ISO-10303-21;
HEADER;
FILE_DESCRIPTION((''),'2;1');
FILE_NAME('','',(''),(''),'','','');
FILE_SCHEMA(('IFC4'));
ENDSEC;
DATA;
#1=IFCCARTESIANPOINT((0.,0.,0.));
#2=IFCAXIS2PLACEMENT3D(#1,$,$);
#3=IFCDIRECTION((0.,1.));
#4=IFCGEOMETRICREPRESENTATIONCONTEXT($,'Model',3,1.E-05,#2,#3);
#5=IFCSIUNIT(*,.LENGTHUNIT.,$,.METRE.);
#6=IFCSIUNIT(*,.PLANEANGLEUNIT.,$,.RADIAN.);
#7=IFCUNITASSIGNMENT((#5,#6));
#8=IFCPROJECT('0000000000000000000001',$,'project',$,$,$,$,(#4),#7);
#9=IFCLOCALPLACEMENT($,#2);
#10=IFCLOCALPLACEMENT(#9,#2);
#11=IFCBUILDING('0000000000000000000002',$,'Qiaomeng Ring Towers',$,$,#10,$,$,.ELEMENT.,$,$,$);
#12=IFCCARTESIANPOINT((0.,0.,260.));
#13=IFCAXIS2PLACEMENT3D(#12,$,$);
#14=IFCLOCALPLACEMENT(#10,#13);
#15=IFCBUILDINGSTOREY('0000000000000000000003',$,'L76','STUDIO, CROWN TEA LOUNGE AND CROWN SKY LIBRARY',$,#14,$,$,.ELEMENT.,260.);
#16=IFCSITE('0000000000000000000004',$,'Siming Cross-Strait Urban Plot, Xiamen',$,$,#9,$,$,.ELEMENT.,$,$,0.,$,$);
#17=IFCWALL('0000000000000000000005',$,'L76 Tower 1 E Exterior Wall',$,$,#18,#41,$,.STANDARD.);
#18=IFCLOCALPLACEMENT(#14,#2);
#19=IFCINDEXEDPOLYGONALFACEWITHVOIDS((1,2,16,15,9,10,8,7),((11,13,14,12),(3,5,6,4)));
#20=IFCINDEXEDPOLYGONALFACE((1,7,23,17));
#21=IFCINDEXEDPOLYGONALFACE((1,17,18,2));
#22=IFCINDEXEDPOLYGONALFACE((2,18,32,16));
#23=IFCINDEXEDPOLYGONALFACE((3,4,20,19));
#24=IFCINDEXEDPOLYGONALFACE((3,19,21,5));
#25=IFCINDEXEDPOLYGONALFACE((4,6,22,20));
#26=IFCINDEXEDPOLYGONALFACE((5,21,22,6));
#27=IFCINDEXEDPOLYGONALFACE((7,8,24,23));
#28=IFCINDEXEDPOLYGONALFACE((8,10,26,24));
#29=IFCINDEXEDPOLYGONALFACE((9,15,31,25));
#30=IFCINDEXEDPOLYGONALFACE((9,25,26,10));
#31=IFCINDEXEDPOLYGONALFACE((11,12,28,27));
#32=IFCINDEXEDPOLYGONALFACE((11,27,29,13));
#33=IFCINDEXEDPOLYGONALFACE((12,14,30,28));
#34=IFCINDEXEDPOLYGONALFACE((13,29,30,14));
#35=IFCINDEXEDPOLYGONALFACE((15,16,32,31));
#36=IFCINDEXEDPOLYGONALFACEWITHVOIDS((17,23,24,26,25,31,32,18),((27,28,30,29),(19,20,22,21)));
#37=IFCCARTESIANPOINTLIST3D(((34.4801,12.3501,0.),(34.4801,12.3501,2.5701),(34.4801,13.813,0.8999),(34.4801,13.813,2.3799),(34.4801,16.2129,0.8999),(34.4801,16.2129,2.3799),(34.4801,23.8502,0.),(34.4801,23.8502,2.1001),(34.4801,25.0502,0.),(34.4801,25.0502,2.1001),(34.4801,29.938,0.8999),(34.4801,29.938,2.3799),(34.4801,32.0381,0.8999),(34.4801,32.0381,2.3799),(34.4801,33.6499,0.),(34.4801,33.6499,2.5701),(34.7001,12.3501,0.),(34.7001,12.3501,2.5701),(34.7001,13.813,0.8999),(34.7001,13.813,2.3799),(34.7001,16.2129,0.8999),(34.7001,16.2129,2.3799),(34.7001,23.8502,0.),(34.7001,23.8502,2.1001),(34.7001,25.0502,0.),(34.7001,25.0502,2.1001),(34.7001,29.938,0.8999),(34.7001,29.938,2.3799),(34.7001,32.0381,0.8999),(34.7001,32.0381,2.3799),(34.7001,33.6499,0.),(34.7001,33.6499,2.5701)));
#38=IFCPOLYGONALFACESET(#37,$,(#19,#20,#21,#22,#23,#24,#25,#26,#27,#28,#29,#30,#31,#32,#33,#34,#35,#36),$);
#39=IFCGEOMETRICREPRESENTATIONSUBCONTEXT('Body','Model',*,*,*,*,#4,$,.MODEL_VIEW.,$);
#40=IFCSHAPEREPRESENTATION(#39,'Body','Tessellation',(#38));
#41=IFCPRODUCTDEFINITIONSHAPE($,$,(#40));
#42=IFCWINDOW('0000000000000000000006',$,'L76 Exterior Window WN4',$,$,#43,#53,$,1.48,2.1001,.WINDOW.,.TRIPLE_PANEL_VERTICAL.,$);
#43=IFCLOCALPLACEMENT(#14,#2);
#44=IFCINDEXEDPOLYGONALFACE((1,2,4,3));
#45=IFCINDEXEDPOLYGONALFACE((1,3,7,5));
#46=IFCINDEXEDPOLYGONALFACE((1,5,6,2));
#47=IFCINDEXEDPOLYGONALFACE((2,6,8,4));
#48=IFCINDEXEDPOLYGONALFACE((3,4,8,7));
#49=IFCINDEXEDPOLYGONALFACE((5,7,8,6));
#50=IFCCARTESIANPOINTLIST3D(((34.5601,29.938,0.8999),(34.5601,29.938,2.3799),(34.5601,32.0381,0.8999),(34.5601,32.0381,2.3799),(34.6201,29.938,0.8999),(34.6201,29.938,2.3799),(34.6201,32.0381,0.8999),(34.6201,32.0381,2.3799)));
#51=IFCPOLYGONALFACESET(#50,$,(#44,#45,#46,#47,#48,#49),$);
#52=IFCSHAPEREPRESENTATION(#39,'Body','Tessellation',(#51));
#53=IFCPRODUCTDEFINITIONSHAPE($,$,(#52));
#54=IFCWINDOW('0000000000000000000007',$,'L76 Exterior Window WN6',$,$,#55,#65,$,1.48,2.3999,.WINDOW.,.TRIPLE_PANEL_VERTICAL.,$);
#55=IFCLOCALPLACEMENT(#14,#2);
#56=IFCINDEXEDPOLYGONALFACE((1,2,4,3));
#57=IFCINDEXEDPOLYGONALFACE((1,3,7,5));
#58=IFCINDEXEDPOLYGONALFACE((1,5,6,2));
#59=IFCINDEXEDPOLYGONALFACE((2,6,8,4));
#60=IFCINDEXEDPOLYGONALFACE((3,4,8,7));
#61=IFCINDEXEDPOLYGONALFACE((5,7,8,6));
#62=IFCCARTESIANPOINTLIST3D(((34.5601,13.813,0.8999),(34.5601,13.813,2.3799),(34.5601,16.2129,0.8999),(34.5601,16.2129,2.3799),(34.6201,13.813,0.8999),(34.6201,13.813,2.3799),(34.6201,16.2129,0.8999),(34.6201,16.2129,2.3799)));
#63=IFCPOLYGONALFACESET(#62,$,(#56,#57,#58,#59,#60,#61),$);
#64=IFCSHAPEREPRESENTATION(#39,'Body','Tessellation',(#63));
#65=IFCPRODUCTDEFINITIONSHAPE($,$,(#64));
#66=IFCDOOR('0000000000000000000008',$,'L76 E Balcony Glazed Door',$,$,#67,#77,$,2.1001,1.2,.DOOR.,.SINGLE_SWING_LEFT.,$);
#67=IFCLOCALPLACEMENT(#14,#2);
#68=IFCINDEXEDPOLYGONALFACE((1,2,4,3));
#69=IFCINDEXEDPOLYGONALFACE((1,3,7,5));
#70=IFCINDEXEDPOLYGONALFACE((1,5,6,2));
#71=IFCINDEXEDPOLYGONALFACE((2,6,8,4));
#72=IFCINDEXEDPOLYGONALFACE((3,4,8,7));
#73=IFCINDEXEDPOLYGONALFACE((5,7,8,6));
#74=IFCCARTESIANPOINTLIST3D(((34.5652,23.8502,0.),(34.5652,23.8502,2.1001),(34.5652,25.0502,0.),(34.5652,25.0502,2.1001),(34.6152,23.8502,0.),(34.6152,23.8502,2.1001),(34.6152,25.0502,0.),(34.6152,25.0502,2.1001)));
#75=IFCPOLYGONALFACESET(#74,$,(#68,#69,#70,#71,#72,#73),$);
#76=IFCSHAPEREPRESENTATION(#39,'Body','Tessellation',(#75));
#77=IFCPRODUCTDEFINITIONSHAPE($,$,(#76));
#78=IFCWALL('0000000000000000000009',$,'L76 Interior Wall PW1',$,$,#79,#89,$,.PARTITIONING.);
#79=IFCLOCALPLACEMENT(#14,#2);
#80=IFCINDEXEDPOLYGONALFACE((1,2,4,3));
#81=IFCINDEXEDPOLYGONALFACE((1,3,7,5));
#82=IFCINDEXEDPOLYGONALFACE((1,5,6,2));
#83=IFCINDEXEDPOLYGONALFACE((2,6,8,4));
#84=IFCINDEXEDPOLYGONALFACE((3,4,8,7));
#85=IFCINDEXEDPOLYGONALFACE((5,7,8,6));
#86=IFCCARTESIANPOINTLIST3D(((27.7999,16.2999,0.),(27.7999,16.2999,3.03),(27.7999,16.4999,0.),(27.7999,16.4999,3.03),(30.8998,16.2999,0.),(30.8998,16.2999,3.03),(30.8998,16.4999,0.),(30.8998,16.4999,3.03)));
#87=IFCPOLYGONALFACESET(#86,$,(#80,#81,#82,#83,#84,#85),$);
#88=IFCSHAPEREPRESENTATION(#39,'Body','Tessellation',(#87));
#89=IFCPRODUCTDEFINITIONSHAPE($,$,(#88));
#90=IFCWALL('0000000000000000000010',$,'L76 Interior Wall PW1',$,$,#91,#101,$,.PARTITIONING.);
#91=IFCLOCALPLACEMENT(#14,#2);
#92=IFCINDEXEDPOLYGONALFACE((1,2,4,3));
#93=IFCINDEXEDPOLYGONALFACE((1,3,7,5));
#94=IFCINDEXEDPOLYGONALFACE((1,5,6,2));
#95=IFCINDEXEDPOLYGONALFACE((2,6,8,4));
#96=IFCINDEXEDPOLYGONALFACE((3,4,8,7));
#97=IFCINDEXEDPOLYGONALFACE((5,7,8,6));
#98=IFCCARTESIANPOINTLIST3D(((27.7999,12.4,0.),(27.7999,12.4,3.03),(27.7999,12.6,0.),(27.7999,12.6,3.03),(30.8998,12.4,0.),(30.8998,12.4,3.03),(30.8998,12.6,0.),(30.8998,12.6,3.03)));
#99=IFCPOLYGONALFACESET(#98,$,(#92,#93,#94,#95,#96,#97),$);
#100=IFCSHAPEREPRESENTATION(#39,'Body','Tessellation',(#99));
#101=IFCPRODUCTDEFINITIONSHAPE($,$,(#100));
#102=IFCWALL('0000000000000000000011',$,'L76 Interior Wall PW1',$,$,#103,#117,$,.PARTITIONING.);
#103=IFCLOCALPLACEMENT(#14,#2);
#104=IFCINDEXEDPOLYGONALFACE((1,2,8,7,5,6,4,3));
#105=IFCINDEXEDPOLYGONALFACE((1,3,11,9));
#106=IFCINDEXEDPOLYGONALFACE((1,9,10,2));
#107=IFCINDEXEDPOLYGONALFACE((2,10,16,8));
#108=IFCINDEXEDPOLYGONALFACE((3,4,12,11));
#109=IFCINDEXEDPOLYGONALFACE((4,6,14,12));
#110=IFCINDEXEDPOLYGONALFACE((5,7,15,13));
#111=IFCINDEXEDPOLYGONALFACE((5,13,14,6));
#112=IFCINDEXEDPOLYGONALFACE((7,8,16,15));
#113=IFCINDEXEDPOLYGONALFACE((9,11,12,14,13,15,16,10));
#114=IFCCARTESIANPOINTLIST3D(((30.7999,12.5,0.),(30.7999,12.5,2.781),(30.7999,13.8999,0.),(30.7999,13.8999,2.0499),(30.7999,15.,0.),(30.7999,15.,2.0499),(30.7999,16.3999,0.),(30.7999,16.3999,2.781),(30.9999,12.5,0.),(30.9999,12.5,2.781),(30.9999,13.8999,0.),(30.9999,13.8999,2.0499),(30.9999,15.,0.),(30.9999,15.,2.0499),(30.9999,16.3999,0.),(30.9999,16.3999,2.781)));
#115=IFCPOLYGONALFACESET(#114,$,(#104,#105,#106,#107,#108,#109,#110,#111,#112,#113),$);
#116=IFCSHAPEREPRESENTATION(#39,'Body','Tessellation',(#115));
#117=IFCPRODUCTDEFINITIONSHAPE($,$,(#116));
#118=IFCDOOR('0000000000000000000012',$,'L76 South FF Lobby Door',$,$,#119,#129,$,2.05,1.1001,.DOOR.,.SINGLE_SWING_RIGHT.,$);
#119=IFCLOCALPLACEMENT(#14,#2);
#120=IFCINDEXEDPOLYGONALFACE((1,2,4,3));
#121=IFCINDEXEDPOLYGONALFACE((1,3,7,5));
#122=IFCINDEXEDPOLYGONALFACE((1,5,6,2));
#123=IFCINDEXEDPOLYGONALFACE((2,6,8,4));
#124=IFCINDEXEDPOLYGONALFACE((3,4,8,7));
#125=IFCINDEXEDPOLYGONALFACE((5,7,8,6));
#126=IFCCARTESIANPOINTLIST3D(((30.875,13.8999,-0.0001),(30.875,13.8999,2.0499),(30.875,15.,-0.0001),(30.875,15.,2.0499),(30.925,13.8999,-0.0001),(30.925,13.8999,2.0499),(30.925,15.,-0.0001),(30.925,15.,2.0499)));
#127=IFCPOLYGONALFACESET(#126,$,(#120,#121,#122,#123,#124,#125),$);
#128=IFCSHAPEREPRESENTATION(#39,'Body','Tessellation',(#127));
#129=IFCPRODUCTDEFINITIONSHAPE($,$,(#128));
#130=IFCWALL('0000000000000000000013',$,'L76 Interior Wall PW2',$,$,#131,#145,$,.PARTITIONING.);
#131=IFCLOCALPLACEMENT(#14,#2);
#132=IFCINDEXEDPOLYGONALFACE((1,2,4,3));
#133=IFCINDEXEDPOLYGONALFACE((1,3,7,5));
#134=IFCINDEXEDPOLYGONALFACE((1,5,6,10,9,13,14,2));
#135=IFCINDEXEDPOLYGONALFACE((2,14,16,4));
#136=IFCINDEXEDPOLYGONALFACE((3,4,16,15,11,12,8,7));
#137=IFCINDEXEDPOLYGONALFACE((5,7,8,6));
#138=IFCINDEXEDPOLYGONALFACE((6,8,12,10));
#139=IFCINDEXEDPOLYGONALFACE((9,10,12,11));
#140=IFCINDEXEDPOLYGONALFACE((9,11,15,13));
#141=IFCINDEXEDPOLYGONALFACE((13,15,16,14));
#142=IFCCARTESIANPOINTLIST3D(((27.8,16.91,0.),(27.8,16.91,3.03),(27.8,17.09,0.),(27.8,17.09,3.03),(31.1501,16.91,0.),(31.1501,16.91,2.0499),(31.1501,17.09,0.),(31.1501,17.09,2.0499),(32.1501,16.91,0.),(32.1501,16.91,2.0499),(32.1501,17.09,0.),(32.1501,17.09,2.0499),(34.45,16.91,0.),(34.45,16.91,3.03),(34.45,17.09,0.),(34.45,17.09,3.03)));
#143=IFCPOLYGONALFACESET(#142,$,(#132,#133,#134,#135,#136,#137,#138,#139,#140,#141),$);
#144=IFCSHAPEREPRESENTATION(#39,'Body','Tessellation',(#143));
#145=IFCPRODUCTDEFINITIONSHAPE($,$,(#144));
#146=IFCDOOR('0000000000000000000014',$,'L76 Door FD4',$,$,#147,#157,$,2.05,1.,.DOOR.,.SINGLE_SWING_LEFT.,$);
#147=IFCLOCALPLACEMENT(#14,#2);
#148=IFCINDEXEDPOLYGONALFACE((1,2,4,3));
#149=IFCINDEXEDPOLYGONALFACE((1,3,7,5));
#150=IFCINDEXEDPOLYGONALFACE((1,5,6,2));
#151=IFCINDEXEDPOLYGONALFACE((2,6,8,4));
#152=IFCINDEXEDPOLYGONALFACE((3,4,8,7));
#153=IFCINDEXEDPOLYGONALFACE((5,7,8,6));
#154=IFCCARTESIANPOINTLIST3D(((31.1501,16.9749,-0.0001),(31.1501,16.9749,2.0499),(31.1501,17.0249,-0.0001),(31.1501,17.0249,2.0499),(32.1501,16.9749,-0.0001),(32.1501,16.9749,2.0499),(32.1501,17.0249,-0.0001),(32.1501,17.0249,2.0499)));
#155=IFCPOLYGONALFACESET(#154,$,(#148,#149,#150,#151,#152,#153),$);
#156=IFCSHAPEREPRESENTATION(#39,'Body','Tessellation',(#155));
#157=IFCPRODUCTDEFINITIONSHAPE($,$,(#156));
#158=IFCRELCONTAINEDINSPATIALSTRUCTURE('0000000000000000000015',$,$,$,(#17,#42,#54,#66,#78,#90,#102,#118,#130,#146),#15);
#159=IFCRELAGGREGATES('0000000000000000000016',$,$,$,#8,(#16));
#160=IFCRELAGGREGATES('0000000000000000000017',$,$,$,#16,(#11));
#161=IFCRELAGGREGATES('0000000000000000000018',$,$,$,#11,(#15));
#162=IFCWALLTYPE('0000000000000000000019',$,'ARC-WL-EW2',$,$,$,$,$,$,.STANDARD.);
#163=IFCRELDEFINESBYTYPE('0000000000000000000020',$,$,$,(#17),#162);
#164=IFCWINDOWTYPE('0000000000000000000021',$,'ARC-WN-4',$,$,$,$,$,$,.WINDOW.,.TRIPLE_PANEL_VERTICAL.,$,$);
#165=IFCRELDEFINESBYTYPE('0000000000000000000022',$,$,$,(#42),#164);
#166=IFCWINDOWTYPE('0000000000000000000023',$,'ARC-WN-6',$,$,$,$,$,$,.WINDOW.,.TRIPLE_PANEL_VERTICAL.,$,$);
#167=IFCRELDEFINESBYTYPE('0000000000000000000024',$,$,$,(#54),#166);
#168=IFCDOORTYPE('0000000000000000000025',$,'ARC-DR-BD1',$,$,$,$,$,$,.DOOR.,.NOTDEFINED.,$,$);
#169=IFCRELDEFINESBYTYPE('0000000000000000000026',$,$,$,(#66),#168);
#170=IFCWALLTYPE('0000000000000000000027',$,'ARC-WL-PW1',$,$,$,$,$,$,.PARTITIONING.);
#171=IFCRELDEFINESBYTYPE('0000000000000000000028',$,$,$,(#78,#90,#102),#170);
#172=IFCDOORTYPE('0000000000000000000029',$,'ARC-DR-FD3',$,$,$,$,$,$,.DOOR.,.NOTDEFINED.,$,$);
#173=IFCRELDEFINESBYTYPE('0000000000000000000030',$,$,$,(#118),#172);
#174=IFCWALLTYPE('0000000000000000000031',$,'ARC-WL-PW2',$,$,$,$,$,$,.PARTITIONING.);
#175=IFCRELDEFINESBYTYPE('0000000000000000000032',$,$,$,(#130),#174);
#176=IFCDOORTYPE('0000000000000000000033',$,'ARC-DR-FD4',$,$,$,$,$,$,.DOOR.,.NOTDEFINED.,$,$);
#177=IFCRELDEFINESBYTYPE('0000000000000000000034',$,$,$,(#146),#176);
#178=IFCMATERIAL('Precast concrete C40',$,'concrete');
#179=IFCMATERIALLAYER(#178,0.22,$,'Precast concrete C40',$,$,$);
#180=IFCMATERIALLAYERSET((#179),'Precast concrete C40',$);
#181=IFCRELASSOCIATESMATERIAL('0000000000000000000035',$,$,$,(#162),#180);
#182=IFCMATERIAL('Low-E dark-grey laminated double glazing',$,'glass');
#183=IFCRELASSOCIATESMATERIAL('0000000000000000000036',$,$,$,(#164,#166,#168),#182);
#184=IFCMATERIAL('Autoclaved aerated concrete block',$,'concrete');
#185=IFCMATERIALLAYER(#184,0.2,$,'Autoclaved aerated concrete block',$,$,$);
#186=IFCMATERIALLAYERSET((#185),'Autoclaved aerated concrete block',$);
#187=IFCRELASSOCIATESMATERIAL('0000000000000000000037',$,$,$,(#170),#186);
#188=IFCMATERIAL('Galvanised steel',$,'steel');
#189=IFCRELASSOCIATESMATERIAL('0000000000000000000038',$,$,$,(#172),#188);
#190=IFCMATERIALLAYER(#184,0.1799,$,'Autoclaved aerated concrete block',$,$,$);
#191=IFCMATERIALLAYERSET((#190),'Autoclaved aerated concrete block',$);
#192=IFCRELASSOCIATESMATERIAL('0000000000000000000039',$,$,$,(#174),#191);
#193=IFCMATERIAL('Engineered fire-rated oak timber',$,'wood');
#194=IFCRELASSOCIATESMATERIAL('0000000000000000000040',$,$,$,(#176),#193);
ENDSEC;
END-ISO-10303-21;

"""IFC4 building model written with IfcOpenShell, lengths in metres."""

from ifc_helpers import new_model, si_unit, direction, frame, frame_2d, origin, place, context, subcontext, project, spatial, rectangle, extrude, source, transform, mapped, material, layer, layer_set, type_object, element, fill, save


model = new_model("IFC4")

# Units and contexts
model_context = context("Model", 3, precision=1e-05, world=origin(), true_north=direction((0.0, 1.0)))
body_context = subcontext(model_context, "Body", "Model", "MODEL_VIEW")
ifc_project = project(units=[si_unit("LENGTHUNIT", "METRE"), si_unit("PLANEANGLEUNIT", "RADIAN")], contexts=[model_context])

# Site, building, storey
site_placement = place(None, origin())
site = spatial("IfcSite", under=ifc_project, at=site_placement, Name="Siming Cross-Strait Urban Plot, Xiamen", CompositionType="ELEMENT", RefElevation=0.0)
building_placement = place(site_placement, origin())
building = spatial("IfcBuilding", under=site, at=building_placement, Name="Qiaomeng Ring Towers", CompositionType="ELEMENT")
storey_placement = place(building_placement, frame((0.0, 0.0, 260.0)))
storey = spatial("IfcBuildingStorey", under=building, at=storey_placement, Name="L76", Description="STUDIO, CROWN TEA LOUNGE AND CROWN SKY LIBRARY", CompositionType="ELEMENT", Elevation=260.0)

# Wall, openings, windows, door
ifc_material_1 = material(Name="Precast concrete C40", Category="concrete")
ifc_layer_1 = layer(ifc_material_1, 0.22, Name="Precast concrete C40")
ifc_layer_set_1 = layer_set([ifc_layer_1], Name="Precast concrete C40")
wall_type_1 = type_object("IfcWallType", Name="ARC-WL-EW2", PredefinedType="STANDARD", material=ifc_layer_set_1)
wall_1_placement = place(storey_placement, frame((34.5901, 12.3501, 0.0), z_axis=(0.0, 0.0, 1.0), x_axis=(0.0, 1.0, 0.0)))
wall_1 = element("IfcWall", 1, at=wall_1_placement, inside=storey, type_object=wall_type_1, Name="L76 Tower 1 E Exterior Wall", PredefinedType="STANDARD", context=body_context, shape_type="SweptSolid", body=[
    extrude(rectangle(XDim=21.2998, YDim=0.22, at=frame_2d((10.6499, 0.0))), origin(), (0.0, 0.0, 1.0), 2.5701),
])
opening_1_placement = place(wall_1_placement, frame((11.5, 0.0, 0.0)))
opening_1 = element("IfcOpeningElement", 2, at=opening_1_placement, cuts=wall_1, PredefinedType="OPENING", context=body_context, shape_type="SweptSolid", body=[
    extrude(rectangle(XDim=1.2, YDim=2.1001, at=frame_2d((0.6001, 1.05))), frame((0.0, 0.1199, 0.0), z_axis=(0.0, -1.0, 0.0), x_axis=(1.0, 0.0, 0.0)), (0.0, 0.0, 1.0), 0.24),
])
opening_2_placement = place(wall_1_placement, frame((1.4629, 0.0, 0.8999)))
opening_2 = element("IfcOpeningElement", 3, at=opening_2_placement, cuts=wall_1, PredefinedType="OPENING", context=body_context, shape_type="SweptSolid", body=[
    extrude(rectangle(XDim=2.3999, YDim=1.48, at=frame_2d((1.2, 0.74))), frame((0.0, 0.1199, 0.0), z_axis=(0.0, -1.0, 0.0), x_axis=(1.0, 0.0, 0.0)), (0.0, 0.0, 1.0), 0.24),
])
opening_3_placement = place(wall_1_placement, frame((17.5879, 0.0, 0.8999)))
opening_3 = element("IfcOpeningElement", 4, at=opening_3_placement, cuts=wall_1, PredefinedType="OPENING", context=body_context, shape_type="SweptSolid", body=[
    extrude(rectangle(XDim=2.1001, YDim=1.48, at=frame_2d((1.05, 0.74))), frame((0.0, 0.1199, 0.0), z_axis=(0.0, -1.0, 0.0), x_axis=(1.0, 0.0, 0.0)), (0.0, 0.0, 1.0), 0.24),
])
ifc_material_2 = material(Name="Low-E dark-grey laminated double glazing", Category="glass")
window_type_1 = type_object("IfcWindowType", Name="ARC-WN-4", PartitioningType="TRIPLE_PANEL_VERTICAL", PredefinedType="WINDOW", material=ifc_material_2)
shared_shape_1 = source(origin(), body_context, "Body", "SweptSolid", [
    extrude(rectangle(XDim=2.1001, YDim=1.48, at=frame_2d((1.05, 0.74))), frame((0.0, 0.03, 0.0), z_axis=(0.0, -1.0, 0.0), x_axis=(1.0, 0.0, 0.0)), (0.0, 0.0, 1.0), 0.0601),
])
window_1_placement = place(opening_3_placement, origin())
window_1 = element("IfcWindow", 5, at=window_1_placement, inside=storey, type_object=window_type_1, Name="L76 Exterior Window WN4", OverallHeight=1.48, OverallWidth=2.1001, PartitioningType="TRIPLE_PANEL_VERTICAL", PredefinedType="WINDOW", context=body_context, shape_type="MappedRepresentation", body=[
    mapped(shared_shape_1, transform((0.0, 0.0, 0.0), x_axis=(1.0, 0.0, 0.0), y_axis=(0.0, 1.0, 0.0), z_axis=(0.0, 0.0, 1.0), scale=1.0)),
])
fill(opening_3, window_1)
window_type_2 = type_object("IfcWindowType", Name="ARC-WN-6", PartitioningType="TRIPLE_PANEL_VERTICAL", PredefinedType="WINDOW", material=ifc_material_2)
shared_shape_2 = source(origin(), body_context, "Body", "SweptSolid", [
    extrude(rectangle(XDim=2.3999, YDim=1.48, at=frame_2d((1.2, 0.74))), frame((0.0, 0.03, 0.0), z_axis=(0.0, -1.0, 0.0), x_axis=(1.0, 0.0, 0.0)), (0.0, 0.0, 1.0), 0.0601),
])
window_2_placement = place(opening_2_placement, origin())
window_2 = element("IfcWindow", 6, at=window_2_placement, inside=storey, type_object=window_type_2, Name="L76 Exterior Window WN6", OverallHeight=1.48, OverallWidth=2.3999, PartitioningType="TRIPLE_PANEL_VERTICAL", PredefinedType="WINDOW", context=body_context, shape_type="MappedRepresentation", body=[
    mapped(shared_shape_2, transform((0.0, 0.0, 0.0), x_axis=(1.0, 0.0, 0.0), y_axis=(0.0, 1.0, 0.0), z_axis=(0.0, 0.0, 1.0), scale=1.0)),
])
fill(opening_2, window_2)
door_type_1 = type_object("IfcDoorType", Name="ARC-DR-BD1", OperationType="NOTDEFINED", PredefinedType="DOOR", material=ifc_material_2)
shared_shape_3 = source(origin(), body_context, "Body", "SweptSolid", [
    extrude(rectangle(XDim=1.2, YDim=2.1001, at=frame_2d((0.6001, 1.05))), frame((0.0, 0.0249, 0.0), z_axis=(0.0, -1.0, 0.0), x_axis=(1.0, 0.0, 0.0)), (0.0, 0.0, 1.0), 0.05),
])
door_1_placement = place(opening_1_placement, origin())
door_1 = element("IfcDoor", 7, at=door_1_placement, inside=storey, type_object=door_type_1, Name="L76 E Balcony Glazed Door", OperationType="SINGLE_SWING_LEFT", OverallHeight=2.1001, OverallWidth=1.2, PredefinedType="DOOR", context=body_context, shape_type="MappedRepresentation", body=[
    mapped(shared_shape_3, transform((0.0, 0.0, 0.0), x_axis=(1.0, 0.0, 0.0), y_axis=(0.0, 1.0, 0.0), z_axis=(0.0, 0.0, 1.0), scale=1.0)),
])
fill(opening_1, door_1)

# Walls
ifc_material_3 = material(Name="Autoclaved aerated concrete block", Category="concrete")
ifc_layer_2 = layer(ifc_material_3, 0.2, Name="Autoclaved aerated concrete block")
ifc_layer_set_2 = layer_set([ifc_layer_2], Name="Autoclaved aerated concrete block")
wall_type_2 = type_object("IfcWallType", Name="ARC-WL-PW1", PredefinedType="PARTITIONING", material=ifc_layer_set_2)
for number, where, z_axis, x_axis, name in (
    (8, (27.8, 16.3999, 0.0), (0.0, 0.0, 1.0), (1.0, 0.0, 0.0), "L76 Interior Wall PW1"),
    (9, (27.8, 12.5, 0.0), (0.0, 0.0, 1.0), (1.0, 0.0, 0.0), "L76 Interior Wall PW1"),
):
    element("IfcWall", number, at=place(storey_placement, frame(where, z_axis=z_axis, x_axis=x_axis)), inside=storey, type_object=wall_type_2, Name=name, PredefinedType="PARTITIONING", context=body_context, shape_type="SweptSolid", body=[
        extrude(rectangle(XDim=3.0999, YDim=0.2, at=frame_2d((1.5498, 0.0))), origin(), (0.0, 0.0, 1.0), 3.03),
    ])

# Walls, openings, doors
wall_2_placement = place(storey_placement, frame((30.8999, 12.5, 0.0), z_axis=(0.0, 0.0, 1.0), x_axis=(0.0, 1.0, 0.0)))
wall_2 = element("IfcWall", 10, at=wall_2_placement, inside=storey, type_object=wall_type_2, Name="L76 Interior Wall PW1", PredefinedType="PARTITIONING", context=body_context, shape_type="SweptSolid", body=[
    extrude(rectangle(XDim=3.8999, YDim=0.2, at=frame_2d((1.95, 0.0))), origin(), (0.0, 0.0, 1.0), 2.781),
])
opening_4_placement = place(wall_2_placement, frame((1.3999, 0.0, 0.0)))
opening_4 = element("IfcOpeningElement", 11, at=opening_4_placement, cuts=wall_2, PredefinedType="OPENING", context=body_context, shape_type="SweptSolid", body=[
    extrude(rectangle(XDim=1.1001, YDim=2.05, at=frame_2d((0.55, 1.0249))), frame((0.0, 0.1099, 0.0), z_axis=(0.0, -1.0, 0.0), x_axis=(1.0, 0.0, 0.0)), (0.0, 0.0, 1.0), 0.22),
])
ifc_material_4 = material(Name="Galvanised steel", Category="steel")
door_type_2 = type_object("IfcDoorType", Name="ARC-DR-FD3", OperationType="NOTDEFINED", PredefinedType="DOOR", material=ifc_material_4)
shared_shape_4 = source(origin(), body_context, "Body", "SweptSolid", [
    extrude(rectangle(XDim=1.1001, YDim=2.05, at=frame_2d((0.55, 1.0249))), frame((0.0, 0.0249, 0.0), z_axis=(0.0, -1.0, 0.0), x_axis=(1.0, 0.0, 0.0)), (0.0, 0.0, 1.0), 0.05),
])
door_2_placement = place(opening_4_placement, origin())
door_2 = element("IfcDoor", 12, at=door_2_placement, inside=storey, type_object=door_type_2, Name="L76 South FF Lobby Door", OperationType="SINGLE_SWING_RIGHT", OverallHeight=2.05, OverallWidth=1.1001, PredefinedType="DOOR", context=body_context, shape_type="MappedRepresentation", body=[
    mapped(shared_shape_4, transform((0.0, 0.0, 0.0), x_axis=(1.0, 0.0, 0.0), y_axis=(0.0, 1.0, 0.0), z_axis=(0.0, 0.0, 1.0), scale=1.0)),
])
fill(opening_4, door_2)
ifc_layer_3 = layer(ifc_material_3, 0.1799, Name="Autoclaved aerated concrete block")
ifc_layer_set_3 = layer_set([ifc_layer_3], Name="Autoclaved aerated concrete block")
wall_type_3 = type_object("IfcWallType", Name="ARC-WL-PW2", PredefinedType="PARTITIONING", material=ifc_layer_set_3)
wall_3_placement = place(storey_placement, frame((27.8, 17.0, 0.0), z_axis=(0.0, 0.0, 1.0), x_axis=(1.0, 0.0, 0.0)))
wall_3 = element("IfcWall", 13, at=wall_3_placement, inside=storey, type_object=wall_type_3, Name="L76 Interior Wall PW2", PredefinedType="PARTITIONING", context=body_context, shape_type="SweptSolid", body=[
    extrude(rectangle(XDim=6.6499, YDim=0.1799, at=frame_2d((3.325, 0.0))), origin(), (0.0, 0.0, 1.0), 3.03),
])
opening_5_placement = place(wall_3_placement, frame((3.3501, 0.0, 0.0)))
opening_5 = element("IfcOpeningElement", 14, at=opening_5_placement, cuts=wall_3, PredefinedType="OPENING", context=body_context, shape_type="SweptSolid", body=[
    extrude(rectangle(XDim=1.0, YDim=2.05, at=frame_2d((0.5, 1.0249))), frame((0.0, 0.0999, 0.0), z_axis=(0.0, -1.0, 0.0), x_axis=(1.0, 0.0, 0.0)), (0.0, 0.0, 1.0), 0.2),
])
ifc_material_5 = material(Name="Engineered fire-rated oak timber", Category="wood")
door_type_3 = type_object("IfcDoorType", Name="ARC-DR-FD4", OperationType="NOTDEFINED", PredefinedType="DOOR", material=ifc_material_5)
shared_shape_5 = source(origin(), body_context, "Body", "SweptSolid", [
    extrude(rectangle(XDim=1.0, YDim=2.05, at=frame_2d((0.5, 1.0249))), frame((0.0, 0.0249, 0.0), z_axis=(0.0, -1.0, 0.0), x_axis=(1.0, 0.0, 0.0)), (0.0, 0.0, 1.0), 0.05),
])
door_3_placement = place(opening_5_placement, origin())
door_3 = element("IfcDoor", 15, at=door_3_placement, inside=storey, type_object=door_type_3, Name="L76 Door FD4", OperationType="SINGLE_SWING_LEFT", OverallHeight=2.05, OverallWidth=1.0, PredefinedType="DOOR", context=body_context, shape_type="MappedRepresentation", body=[
    mapped(shared_shape_5, transform((0.0, 0.0, 0.0), x_axis=(1.0, 0.0, 0.0), y_axis=(0.0, 1.0, 0.0), z_axis=(0.0, 0.0, 1.0), scale=1.0)),
])
fill(opening_5, door_3)

save(model, "model.ifc")
